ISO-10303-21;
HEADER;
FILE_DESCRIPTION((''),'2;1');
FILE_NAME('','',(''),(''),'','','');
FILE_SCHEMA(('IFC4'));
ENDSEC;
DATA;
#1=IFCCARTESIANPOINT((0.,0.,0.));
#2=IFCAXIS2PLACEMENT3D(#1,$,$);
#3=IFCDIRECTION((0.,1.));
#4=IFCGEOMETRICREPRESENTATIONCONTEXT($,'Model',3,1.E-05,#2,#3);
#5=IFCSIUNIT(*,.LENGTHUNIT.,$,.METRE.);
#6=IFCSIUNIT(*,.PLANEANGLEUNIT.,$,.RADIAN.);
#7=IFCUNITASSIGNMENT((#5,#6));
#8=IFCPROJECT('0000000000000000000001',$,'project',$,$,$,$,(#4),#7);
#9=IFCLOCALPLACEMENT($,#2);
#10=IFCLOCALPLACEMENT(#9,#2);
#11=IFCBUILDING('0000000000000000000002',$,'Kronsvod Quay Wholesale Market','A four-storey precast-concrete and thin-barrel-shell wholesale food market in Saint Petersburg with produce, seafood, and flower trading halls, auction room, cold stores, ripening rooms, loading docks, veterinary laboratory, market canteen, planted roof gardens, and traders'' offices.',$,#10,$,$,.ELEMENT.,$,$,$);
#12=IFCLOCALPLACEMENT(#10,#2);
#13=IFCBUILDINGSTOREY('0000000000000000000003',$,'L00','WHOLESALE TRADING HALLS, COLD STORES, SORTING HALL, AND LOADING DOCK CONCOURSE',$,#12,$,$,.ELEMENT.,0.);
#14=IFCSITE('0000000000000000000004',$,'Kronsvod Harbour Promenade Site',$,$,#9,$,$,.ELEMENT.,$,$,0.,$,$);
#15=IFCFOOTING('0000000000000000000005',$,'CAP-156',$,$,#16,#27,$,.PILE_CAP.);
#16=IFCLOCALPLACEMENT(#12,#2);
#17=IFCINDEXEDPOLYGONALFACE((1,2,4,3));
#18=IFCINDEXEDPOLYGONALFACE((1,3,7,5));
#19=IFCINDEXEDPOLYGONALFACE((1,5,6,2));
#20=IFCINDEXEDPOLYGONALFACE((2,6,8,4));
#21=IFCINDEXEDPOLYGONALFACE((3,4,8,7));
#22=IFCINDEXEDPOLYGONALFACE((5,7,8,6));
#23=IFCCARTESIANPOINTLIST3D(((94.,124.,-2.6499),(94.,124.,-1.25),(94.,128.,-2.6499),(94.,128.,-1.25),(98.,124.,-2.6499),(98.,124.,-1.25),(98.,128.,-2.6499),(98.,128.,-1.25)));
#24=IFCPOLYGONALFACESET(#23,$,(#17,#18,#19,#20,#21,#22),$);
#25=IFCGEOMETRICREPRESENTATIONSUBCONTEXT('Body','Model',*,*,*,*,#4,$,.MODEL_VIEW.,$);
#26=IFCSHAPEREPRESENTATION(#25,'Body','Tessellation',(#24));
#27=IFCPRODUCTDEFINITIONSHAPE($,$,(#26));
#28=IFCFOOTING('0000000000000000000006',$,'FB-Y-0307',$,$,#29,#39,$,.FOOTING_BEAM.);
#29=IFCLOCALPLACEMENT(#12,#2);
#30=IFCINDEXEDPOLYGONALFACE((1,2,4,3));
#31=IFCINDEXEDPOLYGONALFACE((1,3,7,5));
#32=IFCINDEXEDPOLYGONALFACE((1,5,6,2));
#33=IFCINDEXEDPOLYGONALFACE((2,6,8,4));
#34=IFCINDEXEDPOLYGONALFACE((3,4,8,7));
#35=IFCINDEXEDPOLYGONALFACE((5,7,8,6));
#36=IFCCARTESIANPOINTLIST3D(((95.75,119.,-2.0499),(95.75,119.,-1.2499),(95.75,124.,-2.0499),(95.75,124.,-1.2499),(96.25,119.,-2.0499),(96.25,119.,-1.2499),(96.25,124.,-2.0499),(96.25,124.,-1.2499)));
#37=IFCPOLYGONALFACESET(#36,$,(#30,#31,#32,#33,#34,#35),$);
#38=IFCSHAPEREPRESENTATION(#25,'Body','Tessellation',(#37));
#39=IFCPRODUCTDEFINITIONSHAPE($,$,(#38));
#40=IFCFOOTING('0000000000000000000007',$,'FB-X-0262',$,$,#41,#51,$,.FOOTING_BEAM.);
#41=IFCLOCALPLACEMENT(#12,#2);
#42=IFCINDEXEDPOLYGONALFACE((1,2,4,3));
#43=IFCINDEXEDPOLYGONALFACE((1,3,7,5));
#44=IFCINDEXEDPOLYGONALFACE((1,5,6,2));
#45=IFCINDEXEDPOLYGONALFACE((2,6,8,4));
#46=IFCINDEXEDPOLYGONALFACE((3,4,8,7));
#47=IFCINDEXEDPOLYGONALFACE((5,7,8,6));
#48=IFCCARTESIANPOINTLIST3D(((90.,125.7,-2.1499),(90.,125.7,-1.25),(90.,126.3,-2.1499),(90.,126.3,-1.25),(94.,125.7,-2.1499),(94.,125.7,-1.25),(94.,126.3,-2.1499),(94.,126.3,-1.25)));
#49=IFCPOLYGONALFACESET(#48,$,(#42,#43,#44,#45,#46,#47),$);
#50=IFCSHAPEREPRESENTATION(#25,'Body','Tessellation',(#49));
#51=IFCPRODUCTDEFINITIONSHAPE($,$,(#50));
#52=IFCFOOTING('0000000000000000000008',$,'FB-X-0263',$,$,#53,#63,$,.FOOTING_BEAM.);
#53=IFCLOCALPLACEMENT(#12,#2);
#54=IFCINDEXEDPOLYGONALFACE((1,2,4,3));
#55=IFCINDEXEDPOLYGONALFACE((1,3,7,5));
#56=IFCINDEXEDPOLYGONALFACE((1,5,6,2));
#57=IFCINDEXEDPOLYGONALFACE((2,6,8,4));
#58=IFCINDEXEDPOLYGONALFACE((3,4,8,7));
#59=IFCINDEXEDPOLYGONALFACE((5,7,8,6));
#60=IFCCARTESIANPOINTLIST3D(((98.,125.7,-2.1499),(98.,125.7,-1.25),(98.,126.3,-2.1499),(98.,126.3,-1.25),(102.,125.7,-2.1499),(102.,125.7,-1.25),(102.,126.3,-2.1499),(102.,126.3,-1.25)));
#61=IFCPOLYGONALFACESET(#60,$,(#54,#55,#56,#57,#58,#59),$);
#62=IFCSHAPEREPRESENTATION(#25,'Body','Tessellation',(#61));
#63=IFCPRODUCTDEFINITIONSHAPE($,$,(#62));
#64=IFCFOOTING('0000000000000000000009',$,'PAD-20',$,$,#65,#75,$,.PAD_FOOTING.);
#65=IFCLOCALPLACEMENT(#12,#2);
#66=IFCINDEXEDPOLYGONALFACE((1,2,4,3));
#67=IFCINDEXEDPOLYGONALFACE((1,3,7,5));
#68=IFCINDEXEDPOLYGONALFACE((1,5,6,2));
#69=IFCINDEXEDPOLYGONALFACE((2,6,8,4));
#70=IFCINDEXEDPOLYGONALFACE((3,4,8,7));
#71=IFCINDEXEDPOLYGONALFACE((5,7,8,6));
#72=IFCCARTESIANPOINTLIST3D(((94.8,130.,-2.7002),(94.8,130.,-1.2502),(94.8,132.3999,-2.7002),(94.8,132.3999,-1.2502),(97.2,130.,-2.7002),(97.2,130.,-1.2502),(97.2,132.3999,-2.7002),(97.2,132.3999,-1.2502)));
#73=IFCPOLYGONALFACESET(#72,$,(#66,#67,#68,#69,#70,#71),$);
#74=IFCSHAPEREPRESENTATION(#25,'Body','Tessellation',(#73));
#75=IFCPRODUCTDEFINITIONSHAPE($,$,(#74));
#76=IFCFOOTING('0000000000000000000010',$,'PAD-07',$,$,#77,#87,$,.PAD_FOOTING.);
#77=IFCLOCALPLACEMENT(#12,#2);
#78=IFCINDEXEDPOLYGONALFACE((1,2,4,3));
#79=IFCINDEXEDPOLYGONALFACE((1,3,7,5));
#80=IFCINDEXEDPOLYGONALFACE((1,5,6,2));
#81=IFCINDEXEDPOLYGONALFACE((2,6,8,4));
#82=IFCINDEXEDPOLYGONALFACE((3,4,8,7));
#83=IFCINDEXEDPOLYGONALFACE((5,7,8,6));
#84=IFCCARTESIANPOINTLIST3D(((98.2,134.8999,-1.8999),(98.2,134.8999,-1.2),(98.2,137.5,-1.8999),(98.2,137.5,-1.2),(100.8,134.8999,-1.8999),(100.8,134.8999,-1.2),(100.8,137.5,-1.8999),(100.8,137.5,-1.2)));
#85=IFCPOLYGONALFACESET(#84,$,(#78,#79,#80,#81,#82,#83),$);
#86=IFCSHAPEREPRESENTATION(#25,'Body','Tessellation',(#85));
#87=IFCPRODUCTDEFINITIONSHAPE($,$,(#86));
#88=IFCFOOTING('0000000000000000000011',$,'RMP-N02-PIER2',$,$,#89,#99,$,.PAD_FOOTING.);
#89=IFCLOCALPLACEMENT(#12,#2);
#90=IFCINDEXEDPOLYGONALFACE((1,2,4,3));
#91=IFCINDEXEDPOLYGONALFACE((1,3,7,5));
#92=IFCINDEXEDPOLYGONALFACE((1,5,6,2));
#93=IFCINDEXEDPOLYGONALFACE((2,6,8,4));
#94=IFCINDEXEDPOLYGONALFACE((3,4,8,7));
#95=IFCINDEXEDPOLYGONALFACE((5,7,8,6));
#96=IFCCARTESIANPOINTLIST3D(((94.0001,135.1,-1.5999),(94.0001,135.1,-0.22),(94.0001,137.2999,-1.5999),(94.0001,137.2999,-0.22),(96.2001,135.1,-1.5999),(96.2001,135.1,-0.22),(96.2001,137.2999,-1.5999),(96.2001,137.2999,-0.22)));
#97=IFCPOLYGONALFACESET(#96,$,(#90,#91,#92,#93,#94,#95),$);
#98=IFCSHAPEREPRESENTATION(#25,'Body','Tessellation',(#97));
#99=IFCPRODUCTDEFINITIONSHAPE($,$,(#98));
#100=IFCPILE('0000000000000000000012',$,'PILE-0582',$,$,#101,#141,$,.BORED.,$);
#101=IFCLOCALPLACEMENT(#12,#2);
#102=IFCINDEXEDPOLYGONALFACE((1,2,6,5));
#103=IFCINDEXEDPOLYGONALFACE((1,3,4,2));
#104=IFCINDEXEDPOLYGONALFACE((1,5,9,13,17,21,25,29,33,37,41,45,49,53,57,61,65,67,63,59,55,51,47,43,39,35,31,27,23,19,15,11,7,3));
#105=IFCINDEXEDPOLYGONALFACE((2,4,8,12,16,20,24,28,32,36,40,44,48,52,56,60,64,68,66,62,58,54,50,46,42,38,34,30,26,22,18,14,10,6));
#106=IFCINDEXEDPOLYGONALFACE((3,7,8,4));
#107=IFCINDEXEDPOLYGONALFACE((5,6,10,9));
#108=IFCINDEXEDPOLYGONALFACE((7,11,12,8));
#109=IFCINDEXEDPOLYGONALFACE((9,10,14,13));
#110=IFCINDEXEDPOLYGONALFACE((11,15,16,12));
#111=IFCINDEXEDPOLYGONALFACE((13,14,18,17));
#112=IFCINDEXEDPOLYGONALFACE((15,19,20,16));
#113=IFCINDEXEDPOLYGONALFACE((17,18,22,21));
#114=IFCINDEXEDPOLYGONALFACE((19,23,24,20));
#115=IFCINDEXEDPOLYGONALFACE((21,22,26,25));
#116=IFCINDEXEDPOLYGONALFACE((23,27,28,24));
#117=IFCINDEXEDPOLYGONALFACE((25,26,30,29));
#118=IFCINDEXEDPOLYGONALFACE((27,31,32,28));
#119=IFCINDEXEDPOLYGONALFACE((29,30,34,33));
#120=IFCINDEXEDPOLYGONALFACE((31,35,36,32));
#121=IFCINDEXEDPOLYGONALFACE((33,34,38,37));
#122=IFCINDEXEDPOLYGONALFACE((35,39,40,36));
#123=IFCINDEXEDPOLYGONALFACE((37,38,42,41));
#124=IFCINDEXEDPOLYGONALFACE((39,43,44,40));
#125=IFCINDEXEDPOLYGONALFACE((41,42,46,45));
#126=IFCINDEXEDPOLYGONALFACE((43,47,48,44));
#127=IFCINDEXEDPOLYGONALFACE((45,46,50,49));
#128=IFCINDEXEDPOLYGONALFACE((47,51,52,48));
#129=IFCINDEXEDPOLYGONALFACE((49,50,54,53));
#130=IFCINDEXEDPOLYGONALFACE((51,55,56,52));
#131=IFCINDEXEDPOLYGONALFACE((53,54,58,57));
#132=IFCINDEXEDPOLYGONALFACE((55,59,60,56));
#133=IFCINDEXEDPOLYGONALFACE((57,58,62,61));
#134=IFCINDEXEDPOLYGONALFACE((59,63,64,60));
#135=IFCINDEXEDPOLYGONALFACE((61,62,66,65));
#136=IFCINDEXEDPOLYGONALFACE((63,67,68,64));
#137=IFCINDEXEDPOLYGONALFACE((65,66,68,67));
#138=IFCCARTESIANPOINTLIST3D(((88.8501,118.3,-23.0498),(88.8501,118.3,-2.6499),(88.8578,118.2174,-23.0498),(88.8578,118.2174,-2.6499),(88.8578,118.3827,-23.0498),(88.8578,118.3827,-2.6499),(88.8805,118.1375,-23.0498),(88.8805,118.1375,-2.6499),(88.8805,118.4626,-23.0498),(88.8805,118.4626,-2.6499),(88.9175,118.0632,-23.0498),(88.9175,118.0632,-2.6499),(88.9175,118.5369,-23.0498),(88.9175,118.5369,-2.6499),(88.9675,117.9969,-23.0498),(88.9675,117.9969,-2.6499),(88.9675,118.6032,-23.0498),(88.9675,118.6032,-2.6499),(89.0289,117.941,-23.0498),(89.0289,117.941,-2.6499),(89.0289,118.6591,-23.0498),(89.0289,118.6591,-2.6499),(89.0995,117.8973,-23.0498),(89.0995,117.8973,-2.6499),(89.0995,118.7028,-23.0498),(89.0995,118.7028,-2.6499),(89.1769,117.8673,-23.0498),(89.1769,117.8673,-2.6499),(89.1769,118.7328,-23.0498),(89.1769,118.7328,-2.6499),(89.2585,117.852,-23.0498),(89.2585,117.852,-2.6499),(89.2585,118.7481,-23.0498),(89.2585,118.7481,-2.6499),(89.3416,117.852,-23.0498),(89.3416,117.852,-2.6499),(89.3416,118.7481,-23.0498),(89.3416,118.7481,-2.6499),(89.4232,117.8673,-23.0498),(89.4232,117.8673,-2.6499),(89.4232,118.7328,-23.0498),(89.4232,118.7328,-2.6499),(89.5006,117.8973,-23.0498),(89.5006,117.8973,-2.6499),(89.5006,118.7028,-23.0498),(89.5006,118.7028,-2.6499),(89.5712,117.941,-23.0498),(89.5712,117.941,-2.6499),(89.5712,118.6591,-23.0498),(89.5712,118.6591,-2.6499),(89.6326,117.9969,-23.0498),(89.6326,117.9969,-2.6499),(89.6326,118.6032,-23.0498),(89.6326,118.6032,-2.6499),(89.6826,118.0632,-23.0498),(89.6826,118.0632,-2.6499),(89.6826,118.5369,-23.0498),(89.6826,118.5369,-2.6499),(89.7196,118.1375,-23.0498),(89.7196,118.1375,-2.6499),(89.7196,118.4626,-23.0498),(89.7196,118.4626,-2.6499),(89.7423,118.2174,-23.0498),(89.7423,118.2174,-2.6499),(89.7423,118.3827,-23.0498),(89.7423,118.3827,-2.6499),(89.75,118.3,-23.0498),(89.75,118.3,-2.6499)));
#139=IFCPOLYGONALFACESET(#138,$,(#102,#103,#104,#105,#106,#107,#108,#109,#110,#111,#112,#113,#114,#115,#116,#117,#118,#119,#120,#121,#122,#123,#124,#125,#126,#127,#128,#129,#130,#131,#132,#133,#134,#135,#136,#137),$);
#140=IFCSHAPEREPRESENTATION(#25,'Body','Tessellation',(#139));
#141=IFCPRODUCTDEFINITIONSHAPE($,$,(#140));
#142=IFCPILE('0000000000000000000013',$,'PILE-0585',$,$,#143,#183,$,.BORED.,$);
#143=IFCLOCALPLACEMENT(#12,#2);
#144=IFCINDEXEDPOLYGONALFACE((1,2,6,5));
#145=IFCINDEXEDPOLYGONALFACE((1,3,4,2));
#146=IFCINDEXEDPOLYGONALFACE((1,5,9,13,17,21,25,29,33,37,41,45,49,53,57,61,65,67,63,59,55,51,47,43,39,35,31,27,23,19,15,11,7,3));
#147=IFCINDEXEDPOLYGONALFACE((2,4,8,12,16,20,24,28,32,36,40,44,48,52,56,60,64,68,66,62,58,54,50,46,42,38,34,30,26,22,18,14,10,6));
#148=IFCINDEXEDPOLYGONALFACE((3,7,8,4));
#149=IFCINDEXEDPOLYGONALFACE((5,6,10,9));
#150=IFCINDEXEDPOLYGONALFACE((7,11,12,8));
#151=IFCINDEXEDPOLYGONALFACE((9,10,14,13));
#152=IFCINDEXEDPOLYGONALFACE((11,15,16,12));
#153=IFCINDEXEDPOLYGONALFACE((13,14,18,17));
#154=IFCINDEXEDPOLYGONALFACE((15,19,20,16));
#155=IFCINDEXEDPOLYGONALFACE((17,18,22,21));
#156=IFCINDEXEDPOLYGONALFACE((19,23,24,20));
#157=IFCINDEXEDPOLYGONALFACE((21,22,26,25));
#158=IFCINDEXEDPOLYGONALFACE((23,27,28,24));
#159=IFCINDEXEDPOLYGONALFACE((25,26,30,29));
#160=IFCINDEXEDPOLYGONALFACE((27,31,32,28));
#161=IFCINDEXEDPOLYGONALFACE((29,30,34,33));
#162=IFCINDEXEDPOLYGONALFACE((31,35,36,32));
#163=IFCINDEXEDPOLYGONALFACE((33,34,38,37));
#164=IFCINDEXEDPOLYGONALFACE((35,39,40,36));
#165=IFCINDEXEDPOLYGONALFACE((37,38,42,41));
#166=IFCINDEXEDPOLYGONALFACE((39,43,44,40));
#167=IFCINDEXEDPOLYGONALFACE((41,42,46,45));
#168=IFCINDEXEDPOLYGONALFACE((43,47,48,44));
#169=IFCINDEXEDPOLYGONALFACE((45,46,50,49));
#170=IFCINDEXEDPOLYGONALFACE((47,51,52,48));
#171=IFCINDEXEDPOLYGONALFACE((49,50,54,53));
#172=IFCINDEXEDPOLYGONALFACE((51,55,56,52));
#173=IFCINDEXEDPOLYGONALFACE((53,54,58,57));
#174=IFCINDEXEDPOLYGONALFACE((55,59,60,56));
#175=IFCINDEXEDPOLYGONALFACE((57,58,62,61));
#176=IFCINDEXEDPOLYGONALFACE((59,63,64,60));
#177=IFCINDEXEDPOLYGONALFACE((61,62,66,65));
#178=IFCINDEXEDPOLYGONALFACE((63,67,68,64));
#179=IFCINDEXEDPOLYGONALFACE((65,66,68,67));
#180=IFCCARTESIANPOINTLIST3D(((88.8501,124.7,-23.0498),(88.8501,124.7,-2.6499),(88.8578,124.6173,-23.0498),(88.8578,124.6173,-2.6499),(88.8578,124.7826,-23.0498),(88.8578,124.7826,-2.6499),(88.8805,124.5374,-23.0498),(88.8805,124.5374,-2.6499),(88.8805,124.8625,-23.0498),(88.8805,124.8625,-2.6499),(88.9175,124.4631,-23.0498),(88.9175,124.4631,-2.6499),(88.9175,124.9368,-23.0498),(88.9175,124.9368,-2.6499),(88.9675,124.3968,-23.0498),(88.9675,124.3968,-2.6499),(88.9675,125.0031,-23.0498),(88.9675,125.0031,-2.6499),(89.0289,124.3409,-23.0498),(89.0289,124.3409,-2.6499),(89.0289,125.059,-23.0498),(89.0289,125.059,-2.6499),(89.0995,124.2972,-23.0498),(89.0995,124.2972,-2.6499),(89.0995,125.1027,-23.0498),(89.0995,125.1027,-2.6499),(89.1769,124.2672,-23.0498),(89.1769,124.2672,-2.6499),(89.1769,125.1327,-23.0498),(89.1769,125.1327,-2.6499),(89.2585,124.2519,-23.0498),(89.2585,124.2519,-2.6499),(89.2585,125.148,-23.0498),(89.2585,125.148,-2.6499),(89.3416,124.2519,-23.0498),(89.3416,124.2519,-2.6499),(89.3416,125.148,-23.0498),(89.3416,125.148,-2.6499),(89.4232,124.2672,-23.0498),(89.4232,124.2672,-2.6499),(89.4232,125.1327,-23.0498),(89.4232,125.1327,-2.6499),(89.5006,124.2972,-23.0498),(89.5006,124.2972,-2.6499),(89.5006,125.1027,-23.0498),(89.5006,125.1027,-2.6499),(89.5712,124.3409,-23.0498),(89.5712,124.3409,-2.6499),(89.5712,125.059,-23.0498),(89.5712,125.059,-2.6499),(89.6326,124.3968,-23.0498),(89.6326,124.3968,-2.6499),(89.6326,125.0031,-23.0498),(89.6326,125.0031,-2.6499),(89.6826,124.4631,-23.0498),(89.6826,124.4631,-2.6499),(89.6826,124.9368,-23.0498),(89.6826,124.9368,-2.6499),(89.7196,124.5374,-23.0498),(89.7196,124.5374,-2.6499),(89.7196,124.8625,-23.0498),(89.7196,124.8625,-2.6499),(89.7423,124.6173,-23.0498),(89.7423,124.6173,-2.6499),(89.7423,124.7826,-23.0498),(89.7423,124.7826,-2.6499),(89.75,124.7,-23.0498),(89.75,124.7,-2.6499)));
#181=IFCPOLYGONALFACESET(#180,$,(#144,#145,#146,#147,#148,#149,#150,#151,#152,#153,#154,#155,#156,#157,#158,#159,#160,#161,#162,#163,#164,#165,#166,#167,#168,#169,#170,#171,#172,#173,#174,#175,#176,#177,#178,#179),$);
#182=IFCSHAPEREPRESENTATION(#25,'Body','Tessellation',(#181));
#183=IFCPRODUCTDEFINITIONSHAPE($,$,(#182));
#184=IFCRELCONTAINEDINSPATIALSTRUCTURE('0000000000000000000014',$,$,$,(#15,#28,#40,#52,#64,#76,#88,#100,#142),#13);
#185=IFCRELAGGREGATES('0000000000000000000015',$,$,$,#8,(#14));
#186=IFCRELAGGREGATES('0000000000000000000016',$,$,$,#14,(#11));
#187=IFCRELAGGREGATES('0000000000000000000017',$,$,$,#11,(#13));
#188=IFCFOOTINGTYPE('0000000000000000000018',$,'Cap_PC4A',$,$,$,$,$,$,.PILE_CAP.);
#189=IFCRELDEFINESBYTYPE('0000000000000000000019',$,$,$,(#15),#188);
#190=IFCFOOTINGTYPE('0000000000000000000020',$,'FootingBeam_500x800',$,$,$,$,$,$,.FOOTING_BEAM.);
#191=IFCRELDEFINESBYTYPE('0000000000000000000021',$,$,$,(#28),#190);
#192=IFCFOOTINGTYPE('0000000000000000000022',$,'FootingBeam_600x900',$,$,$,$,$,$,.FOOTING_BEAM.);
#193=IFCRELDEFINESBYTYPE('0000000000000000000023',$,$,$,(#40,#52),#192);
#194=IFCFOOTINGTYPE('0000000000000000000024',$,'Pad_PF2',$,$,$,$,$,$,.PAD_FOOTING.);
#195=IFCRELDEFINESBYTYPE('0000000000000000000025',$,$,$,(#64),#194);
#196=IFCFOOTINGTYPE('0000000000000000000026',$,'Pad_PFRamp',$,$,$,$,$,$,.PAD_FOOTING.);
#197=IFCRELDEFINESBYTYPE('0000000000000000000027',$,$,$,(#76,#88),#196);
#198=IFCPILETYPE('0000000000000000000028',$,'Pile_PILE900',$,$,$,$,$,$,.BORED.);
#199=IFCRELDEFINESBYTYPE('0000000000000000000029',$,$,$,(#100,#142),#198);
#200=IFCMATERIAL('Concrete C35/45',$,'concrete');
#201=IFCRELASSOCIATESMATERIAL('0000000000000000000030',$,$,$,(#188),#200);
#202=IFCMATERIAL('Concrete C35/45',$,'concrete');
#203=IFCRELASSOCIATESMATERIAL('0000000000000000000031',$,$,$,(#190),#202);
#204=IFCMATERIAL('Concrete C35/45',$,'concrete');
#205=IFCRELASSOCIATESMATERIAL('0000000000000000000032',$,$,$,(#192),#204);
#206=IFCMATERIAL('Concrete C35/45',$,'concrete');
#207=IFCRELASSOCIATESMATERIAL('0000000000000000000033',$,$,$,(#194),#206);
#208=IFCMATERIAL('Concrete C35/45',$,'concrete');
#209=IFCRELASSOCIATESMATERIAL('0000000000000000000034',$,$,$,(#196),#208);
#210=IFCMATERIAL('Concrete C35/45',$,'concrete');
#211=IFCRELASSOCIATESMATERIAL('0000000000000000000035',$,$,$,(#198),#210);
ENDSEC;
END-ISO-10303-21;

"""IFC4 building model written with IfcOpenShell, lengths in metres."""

from ifc_helpers import new_model, si_unit, direction, frame, origin, origin_2d, place, context, subcontext, project, spatial, rectangle, circle, extrude, material, material_profile, profile_set, type_object, element, save


model = new_model("IFC4")

# Units and contexts
model_context = context("Model", 3, precision=1e-05, world=origin(), true_north=direction((0.0, 1.0)))
body_context = subcontext(model_context, "Body", "Model", "MODEL_VIEW")
ifc_project = project(units=[si_unit("LENGTHUNIT", "METRE"), si_unit("PLANEANGLEUNIT", "RADIAN")], contexts=[model_context])

# Site, building, storey
site_placement = place(None, origin())
site = spatial("IfcSite", under=ifc_project, at=site_placement, Name="Kronsvod Harbour Promenade Site", CompositionType="ELEMENT", RefElevation=0.0)
building_placement = place(site_placement, origin())
building = spatial("IfcBuilding", under=site, at=building_placement, Name="Kronsvod Quay Wholesale Market", Description="A four-storey precast-concrete and thin-barrel-shell wholesale food market in Saint Petersburg with produce, seafood, and flower trading halls, auction room, cold stores, ripening rooms, loading docks, veterinary laboratory, market canteen, planted roof gardens, and traders' offices.", CompositionType="ELEMENT")
storey_placement = place(building_placement, origin())
storey = spatial("IfcBuildingStorey", under=building, at=storey_placement, Name="L00", Description="WHOLESALE TRADING HALLS, COLD STORES, SORTING HALL, AND LOADING DOCK CONCOURSE", CompositionType="ELEMENT", Elevation=0.0)

# Footings
ifc_material_1 = material(Name="Concrete C35/45", Category="concrete")
footing_type_1 = type_object("IfcFootingType", Name="Cap_PC4A", PredefinedType="PILE_CAP", material=ifc_material_1)
footing_1_placement = place(storey_placement, frame((96.0, 126.0, -2.6499), z_axis=(0.0, 0.0, 1.0), x_axis=(1.0, 0.0, 0.0)))
element("IfcFooting", 1, at=footing_1_placement, inside=storey, type_object=footing_type_1, Name="CAP-156", PredefinedType="PILE_CAP", context=body_context, shape_type="SweptSolid", body=[
    extrude(rectangle(XDim=4.0, YDim=4.0, at=origin_2d()), origin(), (0.0, 0.0, 1.0), 1.3999),
])
ifc_material_2 = material(Name="Concrete C35/45", Category="concrete")
ifc_material_profile_1 = material_profile(ifc_material_2, rectangle(XDim=0.5, YDim=0.8, at=origin_2d()), Name="FB-01")
ifc_profile_set_1 = profile_set([ifc_material_profile_1], Name="Concrete C35/45")
footing_type_2 = type_object("IfcFootingType", Name="FootingBeam_500x800", PredefinedType="FOOTING_BEAM", material=ifc_profile_set_1)
footing_2_placement = place(storey_placement, frame((96.0, 119.0, -1.6499), z_axis=(0.0, 1.0, 0.0), x_axis=(-1.0, 0.0, 0.0)))
element("IfcFooting", 2, at=footing_2_placement, inside=storey, type_object=footing_type_2, Name="FB-Y-0307", PredefinedType="FOOTING_BEAM", context=body_context, shape_type="SweptSolid", body=[
    extrude(rectangle(XDim=0.5, YDim=0.8, at=origin_2d()), origin(), (0.0, 0.0, 1.0), 5.0),
])
ifc_material_3 = material(Name="Concrete C35/45", Category="concrete")
ifc_material_profile_2 = material_profile(ifc_material_3, rectangle(XDim=0.6001, YDim=0.8999, at=origin_2d()), Name="FB-02")
ifc_profile_set_2 = profile_set([ifc_material_profile_2], Name="Concrete C35/45")
footing_type_3 = type_object("IfcFootingType", Name="FootingBeam_600x900", PredefinedType="FOOTING_BEAM", material=ifc_profile_set_2)
for number, where, z_axis, x_axis, name in (
    (3, (90.0, 126.0, -1.7), (1.0, 0.0, 0.0), (0.0, 1.0, 0.0), "FB-X-0262"),
    (4, (98.0, 126.0, -1.7), (1.0, 0.0, 0.0), (0.0, 1.0, 0.0), "FB-X-0263"),
):
    element("IfcFooting", number, at=place(storey_placement, frame(where, z_axis=z_axis, x_axis=x_axis)), inside=storey, type_object=footing_type_3, Name=name, PredefinedType="FOOTING_BEAM", context=body_context, shape_type="SweptSolid", body=[
        extrude(rectangle(XDim=0.6001, YDim=0.8999, at=origin_2d()), origin(), (0.0, 0.0, 1.0), 4.0),
    ])
ifc_material_4 = material(Name="Concrete C35/45", Category="concrete")
footing_type_4 = type_object("IfcFootingType", Name="Pad_PF2", PredefinedType="PAD_FOOTING", material=ifc_material_4)
footing_3_placement = place(storey_placement, frame((96.0, 131.2, -2.7002), z_axis=(0.0, 0.0, 1.0), x_axis=(1.0, 0.0, 0.0)))
element("IfcFooting", 5, at=footing_3_placement, inside=storey, type_object=footing_type_4, Name="PAD-20", PredefinedType="PAD_FOOTING", context=body_context, shape_type="SweptSolid", body=[
    extrude(rectangle(XDim=2.3999, YDim=2.3999, at=origin_2d()), origin(), (0.0, 0.0, 1.0), 1.45),
])
ifc_material_5 = material(Name="Concrete C35/45", Category="concrete")
footing_type_5 = type_object("IfcFootingType", Name="Pad_PFRamp", PredefinedType="PAD_FOOTING", material=ifc_material_5)
footing_4_placement = place(storey_placement, frame((99.5, 136.2, -1.8999), z_axis=(0.0, 0.0, 1.0), x_axis=(1.0, 0.0, 0.0)))
element("IfcFooting", 6, at=footing_4_placement, inside=storey, type_object=footing_type_5, Name="PAD-07", PredefinedType="PAD_FOOTING", context=body_context, shape_type="SweptSolid", body=[
    extrude(rectangle(XDim=2.6001, YDim=2.6001, at=origin_2d()), origin(), (0.0, 0.0, 1.0), 0.7),
])
footing_5_placement = place(storey_placement, frame((95.1001, 136.2, -1.5999), z_axis=(0.0, 0.0, 1.0), x_axis=(1.0, 0.0, 0.0)))
element("IfcFooting", 7, at=footing_5_placement, inside=storey, type_object=footing_type_5, Name="RMP-N02-PIER2", PredefinedType="PAD_FOOTING", context=body_context, shape_type="SweptSolid", body=[
    extrude(rectangle(XDim=2.2, YDim=2.2, at=origin_2d()), origin(), (0.0, 0.0, 1.0), 1.3799),
])

# Piles
ifc_material_6 = material(Name="Concrete C35/45", Category="concrete")
ifc_material_profile_3 = material_profile(ifc_material_6, circle(Radius=0.45, at=origin_2d()), Name="PILE900")
ifc_profile_set_3 = profile_set([ifc_material_profile_3], Name="Concrete C35/45")
pile_type = type_object("IfcPileType", Name="Pile_PILE900", PredefinedType="BORED", material=ifc_profile_set_3)
for number, where, z_axis, x_axis, name in (
    (8, (89.3, 118.3, -2.6499), (0.0, 0.0, -1.0), (1.0, 0.0, 0.0), "PILE-0582"),
    (9, (89.3, 124.7, -2.6499), (0.0, 0.0, -1.0), (1.0, 0.0, 0.0), "PILE-0585"),
):
    element("IfcPile", number, at=place(storey_placement, frame(where, z_axis=z_axis, x_axis=x_axis)), inside=storey, type_object=pile_type, Name=name, PredefinedType="BORED", context=body_context, shape_type="SweptSolid", body=[
        extrude(circle(Radius=0.45, at=origin_2d()), origin(), (0.0, 0.0, 1.0), 20.3999),
    ])

save(model, "model.ifc")
